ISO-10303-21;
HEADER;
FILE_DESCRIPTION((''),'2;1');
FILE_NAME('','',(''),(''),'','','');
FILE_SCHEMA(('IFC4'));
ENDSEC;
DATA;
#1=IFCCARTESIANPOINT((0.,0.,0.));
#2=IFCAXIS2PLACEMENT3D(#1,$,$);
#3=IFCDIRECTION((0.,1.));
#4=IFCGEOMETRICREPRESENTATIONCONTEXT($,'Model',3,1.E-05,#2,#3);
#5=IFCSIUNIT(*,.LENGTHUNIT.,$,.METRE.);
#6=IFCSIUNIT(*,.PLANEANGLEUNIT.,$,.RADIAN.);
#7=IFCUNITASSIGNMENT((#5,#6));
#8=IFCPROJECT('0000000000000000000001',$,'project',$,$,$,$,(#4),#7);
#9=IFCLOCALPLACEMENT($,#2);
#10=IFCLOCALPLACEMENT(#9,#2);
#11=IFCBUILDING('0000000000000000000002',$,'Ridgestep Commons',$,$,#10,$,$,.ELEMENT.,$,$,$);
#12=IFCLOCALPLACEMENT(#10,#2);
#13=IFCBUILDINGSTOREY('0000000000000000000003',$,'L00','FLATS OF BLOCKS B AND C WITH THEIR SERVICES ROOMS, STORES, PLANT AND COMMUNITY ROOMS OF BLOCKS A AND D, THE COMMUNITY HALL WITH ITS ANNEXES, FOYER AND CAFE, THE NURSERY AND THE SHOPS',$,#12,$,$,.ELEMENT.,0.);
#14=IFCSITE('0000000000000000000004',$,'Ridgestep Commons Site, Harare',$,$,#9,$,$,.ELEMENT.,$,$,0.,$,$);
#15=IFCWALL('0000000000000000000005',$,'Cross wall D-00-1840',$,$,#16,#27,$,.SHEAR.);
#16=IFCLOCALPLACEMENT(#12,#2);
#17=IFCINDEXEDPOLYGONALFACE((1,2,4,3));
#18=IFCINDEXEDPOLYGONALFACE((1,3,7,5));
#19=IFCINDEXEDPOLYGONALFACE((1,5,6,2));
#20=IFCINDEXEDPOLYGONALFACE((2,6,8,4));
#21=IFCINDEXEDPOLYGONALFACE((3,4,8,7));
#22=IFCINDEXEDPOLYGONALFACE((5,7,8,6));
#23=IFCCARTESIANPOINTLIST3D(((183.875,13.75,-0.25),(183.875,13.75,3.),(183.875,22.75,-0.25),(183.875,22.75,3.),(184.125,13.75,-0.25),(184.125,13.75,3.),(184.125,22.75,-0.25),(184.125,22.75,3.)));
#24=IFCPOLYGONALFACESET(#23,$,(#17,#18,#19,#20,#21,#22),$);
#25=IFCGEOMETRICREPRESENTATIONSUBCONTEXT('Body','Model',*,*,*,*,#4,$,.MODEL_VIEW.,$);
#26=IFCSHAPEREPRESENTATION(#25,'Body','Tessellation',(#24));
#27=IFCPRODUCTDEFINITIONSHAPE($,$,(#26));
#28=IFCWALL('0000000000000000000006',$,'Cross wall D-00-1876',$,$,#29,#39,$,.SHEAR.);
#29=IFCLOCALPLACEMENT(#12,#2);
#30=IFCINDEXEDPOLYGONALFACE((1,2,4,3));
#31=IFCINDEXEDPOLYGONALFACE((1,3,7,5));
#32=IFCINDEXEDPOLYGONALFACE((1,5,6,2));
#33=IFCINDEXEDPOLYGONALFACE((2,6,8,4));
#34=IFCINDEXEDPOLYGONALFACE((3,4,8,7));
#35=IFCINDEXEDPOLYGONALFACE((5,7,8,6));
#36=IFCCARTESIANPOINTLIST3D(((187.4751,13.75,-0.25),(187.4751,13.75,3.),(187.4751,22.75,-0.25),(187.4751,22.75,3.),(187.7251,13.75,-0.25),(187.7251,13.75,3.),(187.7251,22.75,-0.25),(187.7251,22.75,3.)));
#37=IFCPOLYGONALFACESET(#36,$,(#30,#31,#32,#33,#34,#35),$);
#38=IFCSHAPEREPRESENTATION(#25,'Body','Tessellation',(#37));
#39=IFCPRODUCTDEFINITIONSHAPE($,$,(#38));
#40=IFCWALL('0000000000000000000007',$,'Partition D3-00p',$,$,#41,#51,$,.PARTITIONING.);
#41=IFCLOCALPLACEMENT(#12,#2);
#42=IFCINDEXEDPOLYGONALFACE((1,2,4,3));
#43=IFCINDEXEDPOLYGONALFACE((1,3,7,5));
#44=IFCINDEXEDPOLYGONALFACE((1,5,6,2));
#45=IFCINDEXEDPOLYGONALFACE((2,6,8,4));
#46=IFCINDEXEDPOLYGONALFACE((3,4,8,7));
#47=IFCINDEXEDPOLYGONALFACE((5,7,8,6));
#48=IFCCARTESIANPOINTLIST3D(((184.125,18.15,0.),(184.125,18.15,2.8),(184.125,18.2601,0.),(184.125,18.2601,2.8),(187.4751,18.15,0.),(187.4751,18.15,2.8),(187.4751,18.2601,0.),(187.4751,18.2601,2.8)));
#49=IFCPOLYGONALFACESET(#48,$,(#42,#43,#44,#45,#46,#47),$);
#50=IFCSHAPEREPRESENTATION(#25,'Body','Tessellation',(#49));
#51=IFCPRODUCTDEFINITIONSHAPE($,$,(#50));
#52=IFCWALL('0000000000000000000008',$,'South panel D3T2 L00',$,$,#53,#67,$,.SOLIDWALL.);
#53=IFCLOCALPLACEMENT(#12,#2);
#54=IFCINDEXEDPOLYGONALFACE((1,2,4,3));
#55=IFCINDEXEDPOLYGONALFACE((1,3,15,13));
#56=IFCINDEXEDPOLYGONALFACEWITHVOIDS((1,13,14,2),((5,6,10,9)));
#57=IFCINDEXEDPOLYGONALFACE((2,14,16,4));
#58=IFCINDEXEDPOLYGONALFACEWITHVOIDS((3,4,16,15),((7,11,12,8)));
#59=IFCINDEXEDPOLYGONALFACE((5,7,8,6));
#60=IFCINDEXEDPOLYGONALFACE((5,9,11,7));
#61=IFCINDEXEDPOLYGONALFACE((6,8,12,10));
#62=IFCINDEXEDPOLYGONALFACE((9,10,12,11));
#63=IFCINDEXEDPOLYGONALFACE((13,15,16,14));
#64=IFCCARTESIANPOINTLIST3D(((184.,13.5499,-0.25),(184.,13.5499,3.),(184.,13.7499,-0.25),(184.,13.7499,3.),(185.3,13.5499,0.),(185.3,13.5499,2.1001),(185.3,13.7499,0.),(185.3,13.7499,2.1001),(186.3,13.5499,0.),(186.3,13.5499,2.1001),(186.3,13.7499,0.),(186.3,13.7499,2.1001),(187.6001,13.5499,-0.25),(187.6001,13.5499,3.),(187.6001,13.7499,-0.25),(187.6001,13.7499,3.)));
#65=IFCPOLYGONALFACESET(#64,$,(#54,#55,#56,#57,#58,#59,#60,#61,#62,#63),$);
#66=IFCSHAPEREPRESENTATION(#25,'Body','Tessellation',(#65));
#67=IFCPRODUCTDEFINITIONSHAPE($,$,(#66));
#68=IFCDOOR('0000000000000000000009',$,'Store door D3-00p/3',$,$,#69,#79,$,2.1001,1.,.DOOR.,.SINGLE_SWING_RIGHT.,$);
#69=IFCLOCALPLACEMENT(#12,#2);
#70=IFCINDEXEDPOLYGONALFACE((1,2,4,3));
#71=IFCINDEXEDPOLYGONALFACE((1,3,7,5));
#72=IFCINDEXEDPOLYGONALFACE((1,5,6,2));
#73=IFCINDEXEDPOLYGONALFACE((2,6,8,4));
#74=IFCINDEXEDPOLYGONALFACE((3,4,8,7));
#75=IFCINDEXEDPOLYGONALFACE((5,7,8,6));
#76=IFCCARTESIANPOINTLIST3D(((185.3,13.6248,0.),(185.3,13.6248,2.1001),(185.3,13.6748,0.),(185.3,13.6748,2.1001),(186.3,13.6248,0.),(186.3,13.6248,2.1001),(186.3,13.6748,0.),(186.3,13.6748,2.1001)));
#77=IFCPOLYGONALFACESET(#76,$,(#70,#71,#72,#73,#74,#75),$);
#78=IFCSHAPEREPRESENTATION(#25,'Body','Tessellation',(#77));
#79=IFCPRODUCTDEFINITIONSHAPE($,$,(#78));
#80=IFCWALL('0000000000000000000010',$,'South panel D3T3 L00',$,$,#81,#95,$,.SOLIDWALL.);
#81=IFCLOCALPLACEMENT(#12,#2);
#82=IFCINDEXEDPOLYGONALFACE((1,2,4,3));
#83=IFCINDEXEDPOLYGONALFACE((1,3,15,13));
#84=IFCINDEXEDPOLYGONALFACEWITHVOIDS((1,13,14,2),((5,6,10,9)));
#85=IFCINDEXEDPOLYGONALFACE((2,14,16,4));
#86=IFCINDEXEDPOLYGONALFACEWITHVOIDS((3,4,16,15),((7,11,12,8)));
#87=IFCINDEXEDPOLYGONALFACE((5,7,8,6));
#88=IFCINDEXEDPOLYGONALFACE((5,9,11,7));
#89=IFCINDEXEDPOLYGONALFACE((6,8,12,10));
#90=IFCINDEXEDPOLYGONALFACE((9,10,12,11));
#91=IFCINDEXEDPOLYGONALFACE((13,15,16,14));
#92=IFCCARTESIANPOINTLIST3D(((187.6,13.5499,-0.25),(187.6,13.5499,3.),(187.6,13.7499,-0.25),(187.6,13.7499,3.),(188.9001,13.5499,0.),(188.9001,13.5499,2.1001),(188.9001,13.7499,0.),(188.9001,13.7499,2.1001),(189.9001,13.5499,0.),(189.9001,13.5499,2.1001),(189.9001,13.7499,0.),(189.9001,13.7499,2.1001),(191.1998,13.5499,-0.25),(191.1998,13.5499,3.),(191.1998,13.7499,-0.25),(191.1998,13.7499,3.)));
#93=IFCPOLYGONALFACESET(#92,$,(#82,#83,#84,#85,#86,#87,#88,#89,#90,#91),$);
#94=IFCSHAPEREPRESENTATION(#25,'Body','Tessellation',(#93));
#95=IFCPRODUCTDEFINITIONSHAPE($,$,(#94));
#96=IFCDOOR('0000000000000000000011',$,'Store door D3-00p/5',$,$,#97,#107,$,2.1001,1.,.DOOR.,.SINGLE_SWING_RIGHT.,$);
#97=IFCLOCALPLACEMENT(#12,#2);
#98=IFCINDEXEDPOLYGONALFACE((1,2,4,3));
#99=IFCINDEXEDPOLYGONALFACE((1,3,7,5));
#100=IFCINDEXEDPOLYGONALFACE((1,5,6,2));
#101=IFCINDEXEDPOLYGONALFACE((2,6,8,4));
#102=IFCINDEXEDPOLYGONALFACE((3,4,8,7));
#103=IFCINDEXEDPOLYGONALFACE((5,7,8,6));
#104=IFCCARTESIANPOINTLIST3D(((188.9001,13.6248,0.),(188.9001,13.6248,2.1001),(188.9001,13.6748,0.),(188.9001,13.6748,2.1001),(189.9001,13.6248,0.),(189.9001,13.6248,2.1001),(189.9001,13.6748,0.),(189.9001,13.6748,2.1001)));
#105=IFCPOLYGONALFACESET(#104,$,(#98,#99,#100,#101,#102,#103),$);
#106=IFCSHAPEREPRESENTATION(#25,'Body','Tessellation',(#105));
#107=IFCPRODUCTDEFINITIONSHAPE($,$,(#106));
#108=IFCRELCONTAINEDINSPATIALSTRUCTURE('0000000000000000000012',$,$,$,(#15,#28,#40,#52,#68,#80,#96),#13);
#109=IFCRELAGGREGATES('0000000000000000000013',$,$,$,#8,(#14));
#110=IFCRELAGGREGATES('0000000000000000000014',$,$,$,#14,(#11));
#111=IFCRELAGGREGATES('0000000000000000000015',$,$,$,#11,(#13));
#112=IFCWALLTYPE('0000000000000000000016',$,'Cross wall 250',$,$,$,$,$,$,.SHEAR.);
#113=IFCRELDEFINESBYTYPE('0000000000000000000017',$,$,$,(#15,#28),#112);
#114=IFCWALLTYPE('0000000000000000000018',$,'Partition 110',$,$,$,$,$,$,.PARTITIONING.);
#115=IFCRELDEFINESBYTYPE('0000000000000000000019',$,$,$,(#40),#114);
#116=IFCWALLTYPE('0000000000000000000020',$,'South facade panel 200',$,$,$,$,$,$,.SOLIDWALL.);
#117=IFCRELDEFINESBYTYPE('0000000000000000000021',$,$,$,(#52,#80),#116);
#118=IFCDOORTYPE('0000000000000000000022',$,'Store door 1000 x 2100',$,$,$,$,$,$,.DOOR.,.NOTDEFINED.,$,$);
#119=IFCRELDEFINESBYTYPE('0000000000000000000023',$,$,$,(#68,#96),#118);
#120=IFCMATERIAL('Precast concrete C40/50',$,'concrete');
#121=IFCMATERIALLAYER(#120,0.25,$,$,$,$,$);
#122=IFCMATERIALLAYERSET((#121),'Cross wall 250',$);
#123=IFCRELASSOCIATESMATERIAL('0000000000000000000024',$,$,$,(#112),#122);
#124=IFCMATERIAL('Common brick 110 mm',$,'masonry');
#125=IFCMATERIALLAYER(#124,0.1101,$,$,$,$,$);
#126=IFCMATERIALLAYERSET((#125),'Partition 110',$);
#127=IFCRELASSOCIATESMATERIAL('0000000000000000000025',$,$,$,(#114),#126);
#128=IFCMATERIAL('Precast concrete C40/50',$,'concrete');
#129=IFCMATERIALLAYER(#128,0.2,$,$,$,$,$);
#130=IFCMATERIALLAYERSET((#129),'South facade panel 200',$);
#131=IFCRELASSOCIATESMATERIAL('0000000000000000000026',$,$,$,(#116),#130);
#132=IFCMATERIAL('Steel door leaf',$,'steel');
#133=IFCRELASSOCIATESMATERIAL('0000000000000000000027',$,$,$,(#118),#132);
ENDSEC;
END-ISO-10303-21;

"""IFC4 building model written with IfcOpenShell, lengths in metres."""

from ifc_helpers import new_model, si_unit, direction, frame, frame_2d, origin, place, context, subcontext, project, spatial, rectangle, extrude, material, layer, layer_set, type_object, element, fill, save


model = new_model("IFC4")

# Units and contexts
model_context = context("Model", 3, precision=1e-05, world=origin(), true_north=direction((0.0, 1.0)))
body_context = subcontext(model_context, "Body", "Model", "MODEL_VIEW")
ifc_project = project(units=[si_unit("LENGTHUNIT", "METRE"), si_unit("PLANEANGLEUNIT", "RADIAN")], contexts=[model_context])

# Site, building, storey
site_placement = place(None, origin())
site = spatial("IfcSite", under=ifc_project, at=site_placement, Name="Ridgestep Commons Site, Harare", CompositionType="ELEMENT", RefElevation=0.0)
building_placement = place(site_placement, origin())
building = spatial("IfcBuilding", under=site, at=building_placement, Name="Ridgestep Commons", CompositionType="ELEMENT")
storey_placement = place(building_placement, origin())
storey = spatial("IfcBuildingStorey", under=building, at=storey_placement, Name="L00", Description="FLATS OF BLOCKS B AND C WITH THEIR SERVICES ROOMS, STORES, PLANT AND COMMUNITY ROOMS OF BLOCKS A AND D, THE COMMUNITY HALL WITH ITS ANNEXES, FOYER AND CAFE, THE NURSERY AND THE SHOPS", CompositionType="ELEMENT", Elevation=0.0)

# Walls
ifc_material_1 = material(Name="Precast concrete C40/50", Category="concrete")
ifc_layer_1 = layer(ifc_material_1, 0.25)
ifc_layer_set_1 = layer_set([ifc_layer_1], Name="Cross wall 250")
wall_type_1 = type_object("IfcWallType", Name="Cross wall 250", PredefinedType="SHEAR", material=ifc_layer_set_1)
for number, where, z_axis, x_axis, name in (
    (1, (184.0, 13.75, -0.25), (0.0, 0.0, 1.0), (0.0, 1.0, 0.0), "Cross wall D-00-1840"),
    (2, (187.6001, 13.75, -0.25), (0.0, 0.0, 1.0), (0.0, 1.0, 0.0), "Cross wall D-00-1876"),
):
    element("IfcWall", number, at=place(storey_placement, frame(where, z_axis=z_axis, x_axis=x_axis)), inside=storey, type_object=wall_type_1, Name=name, PredefinedType="SHEAR", context=body_context, shape_type="SweptSolid", body=[
        extrude(rectangle(XDim=9.0, YDim=0.25, at=frame_2d((4.5, 0.0))), origin(), (0.0, 0.0, 1.0), 3.25),
    ])
ifc_material_2 = material(Name="Common brick 110 mm", Category="masonry")
ifc_layer_2 = layer(ifc_material_2, 0.1101)
ifc_layer_set_2 = layer_set([ifc_layer_2], Name="Partition 110")
wall_type_2 = type_object("IfcWallType", Name="Partition 110", PredefinedType="PARTITIONING", material=ifc_layer_set_2)
wall_1_placement = place(storey_placement, frame((184.125, 18.2051, 0.0), z_axis=(0.0, 0.0, 1.0), x_axis=(1.0, 0.0, 0.0)))
element("IfcWall", 3, at=wall_1_placement, inside=storey, type_object=wall_type_2, Name="Partition D3-00p", PredefinedType="PARTITIONING", context=body_context, shape_type="SweptSolid", body=[
    extrude(rectangle(XDim=3.3501, YDim=0.1101, at=frame_2d((1.675, 0.0))), origin(), (0.0, 0.0, 1.0), 2.8),
])

# Walls, openings, doors
ifc_material_3 = material(Name="Precast concrete C40/50", Category="concrete")
ifc_layer_3 = layer(ifc_material_3, 0.2)
ifc_layer_set_3 = layer_set([ifc_layer_3], Name="South facade panel 200")
wall_type_3 = type_object("IfcWallType", Name="South facade panel 200", PredefinedType="SOLIDWALL", material=ifc_layer_set_3)
wall_2_placement = place(storey_placement, frame((184.0, 13.6499, -0.25), z_axis=(0.0, 0.0, 1.0), x_axis=(1.0, 0.0, 0.0)))
wall_2 = element("IfcWall", 4, at=wall_2_placement, inside=storey, type_object=wall_type_3, Name="South panel D3T2 L00", PredefinedType="SOLIDWALL", context=body_context, shape_type="SweptSolid", body=[
    extrude(rectangle(XDim=3.6001, YDim=0.2, at=frame_2d((1.8, 0.0))), origin(), (0.0, 0.0, 1.0), 3.25),
])
opening_1_placement = place(wall_2_placement, frame((1.3, 0.0, 0.25)))
opening_1 = element("IfcOpeningElement", 5, at=opening_1_placement, cuts=wall_2, PredefinedType="OPENING", context=body_context, shape_type="SweptSolid", body=[
    extrude(rectangle(XDim=1.0, YDim=2.1001, at=frame_2d((0.5, 1.05))), frame((0.0, 0.1099, 0.0), z_axis=(0.0, -1.0, 0.0), x_axis=(1.0, 0.0, 0.0)), (0.0, 0.0, 1.0), 0.22),
])
ifc_material_4 = material(Name="Steel door leaf", Category="steel")
door_type_1 = type_object("IfcDoorType", Name="Store door 1000 x 2100", OperationType="NOTDEFINED", PredefinedType="DOOR", material=ifc_material_4)
door_1_placement = place(opening_1_placement, origin())
door_1 = element("IfcDoor", 6, at=door_1_placement, inside=storey, type_object=door_type_1, Name="Store door D3-00p/3", OperationType="SINGLE_SWING_RIGHT", OverallHeight=2.1001, OverallWidth=1.0, PredefinedType="DOOR", context=body_context, shape_type="SweptSolid", body=[
    extrude(rectangle(XDim=1.0, YDim=2.1001, at=frame_2d((0.5, 1.05))), frame((0.0, 0.0249, 0.0), z_axis=(0.0, -1.0, 0.0), x_axis=(1.0, 0.0, 0.0)), (0.0, 0.0, 1.0), 0.05),
])
fill(opening_1, door_1)
wall_3_placement = place(storey_placement, frame((187.6001, 13.6499, -0.25), z_axis=(0.0, 0.0, 1.0), x_axis=(1.0, 0.0, 0.0)))
wall_3 = element("IfcWall", 7, at=wall_3_placement, inside=storey, type_object=wall_type_3, Name="South panel D3T3 L00", PredefinedType="SOLIDWALL", context=body_context, shape_type="SweptSolid", body=[
    extrude(rectangle(XDim=3.5999, YDim=0.2, at=frame_2d((1.7998, 0.0))), origin(), (0.0, 0.0, 1.0), 3.25),
])
opening_2_placement = place(wall_3_placement, frame((1.3, 0.0, 0.25)))
opening_2 = element("IfcOpeningElement", 8, at=opening_2_placement, cuts=wall_3, PredefinedType="OPENING", context=body_context, shape_type="SweptSolid", body=[
    extrude(rectangle(XDim=1.0, YDim=2.1001, at=frame_2d((0.5, 1.05))), frame((0.0, 0.1099, 0.0), z_axis=(0.0, -1.0, 0.0), x_axis=(1.0, 0.0, 0.0)), (0.0, 0.0, 1.0), 0.22),
])
door_2_placement = place(opening_2_placement, origin())
door_2 = element("IfcDoor", 9, at=door_2_placement, inside=storey, type_object=door_type_1, Name="Store door D3-00p/5", OperationType="SINGLE_SWING_RIGHT", OverallHeight=2.1001, OverallWidth=1.0, PredefinedType="DOOR", context=body_context, shape_type="SweptSolid", body=[
    extrude(rectangle(XDim=1.0, YDim=2.1001, at=frame_2d((0.5, 1.05))), frame((0.0, 0.0249, 0.0), z_axis=(0.0, -1.0, 0.0), x_axis=(1.0, 0.0, 0.0)), (0.0, 0.0, 1.0), 0.05),
])
fill(opening_2, door_2)

save(model, "model.ifc")
